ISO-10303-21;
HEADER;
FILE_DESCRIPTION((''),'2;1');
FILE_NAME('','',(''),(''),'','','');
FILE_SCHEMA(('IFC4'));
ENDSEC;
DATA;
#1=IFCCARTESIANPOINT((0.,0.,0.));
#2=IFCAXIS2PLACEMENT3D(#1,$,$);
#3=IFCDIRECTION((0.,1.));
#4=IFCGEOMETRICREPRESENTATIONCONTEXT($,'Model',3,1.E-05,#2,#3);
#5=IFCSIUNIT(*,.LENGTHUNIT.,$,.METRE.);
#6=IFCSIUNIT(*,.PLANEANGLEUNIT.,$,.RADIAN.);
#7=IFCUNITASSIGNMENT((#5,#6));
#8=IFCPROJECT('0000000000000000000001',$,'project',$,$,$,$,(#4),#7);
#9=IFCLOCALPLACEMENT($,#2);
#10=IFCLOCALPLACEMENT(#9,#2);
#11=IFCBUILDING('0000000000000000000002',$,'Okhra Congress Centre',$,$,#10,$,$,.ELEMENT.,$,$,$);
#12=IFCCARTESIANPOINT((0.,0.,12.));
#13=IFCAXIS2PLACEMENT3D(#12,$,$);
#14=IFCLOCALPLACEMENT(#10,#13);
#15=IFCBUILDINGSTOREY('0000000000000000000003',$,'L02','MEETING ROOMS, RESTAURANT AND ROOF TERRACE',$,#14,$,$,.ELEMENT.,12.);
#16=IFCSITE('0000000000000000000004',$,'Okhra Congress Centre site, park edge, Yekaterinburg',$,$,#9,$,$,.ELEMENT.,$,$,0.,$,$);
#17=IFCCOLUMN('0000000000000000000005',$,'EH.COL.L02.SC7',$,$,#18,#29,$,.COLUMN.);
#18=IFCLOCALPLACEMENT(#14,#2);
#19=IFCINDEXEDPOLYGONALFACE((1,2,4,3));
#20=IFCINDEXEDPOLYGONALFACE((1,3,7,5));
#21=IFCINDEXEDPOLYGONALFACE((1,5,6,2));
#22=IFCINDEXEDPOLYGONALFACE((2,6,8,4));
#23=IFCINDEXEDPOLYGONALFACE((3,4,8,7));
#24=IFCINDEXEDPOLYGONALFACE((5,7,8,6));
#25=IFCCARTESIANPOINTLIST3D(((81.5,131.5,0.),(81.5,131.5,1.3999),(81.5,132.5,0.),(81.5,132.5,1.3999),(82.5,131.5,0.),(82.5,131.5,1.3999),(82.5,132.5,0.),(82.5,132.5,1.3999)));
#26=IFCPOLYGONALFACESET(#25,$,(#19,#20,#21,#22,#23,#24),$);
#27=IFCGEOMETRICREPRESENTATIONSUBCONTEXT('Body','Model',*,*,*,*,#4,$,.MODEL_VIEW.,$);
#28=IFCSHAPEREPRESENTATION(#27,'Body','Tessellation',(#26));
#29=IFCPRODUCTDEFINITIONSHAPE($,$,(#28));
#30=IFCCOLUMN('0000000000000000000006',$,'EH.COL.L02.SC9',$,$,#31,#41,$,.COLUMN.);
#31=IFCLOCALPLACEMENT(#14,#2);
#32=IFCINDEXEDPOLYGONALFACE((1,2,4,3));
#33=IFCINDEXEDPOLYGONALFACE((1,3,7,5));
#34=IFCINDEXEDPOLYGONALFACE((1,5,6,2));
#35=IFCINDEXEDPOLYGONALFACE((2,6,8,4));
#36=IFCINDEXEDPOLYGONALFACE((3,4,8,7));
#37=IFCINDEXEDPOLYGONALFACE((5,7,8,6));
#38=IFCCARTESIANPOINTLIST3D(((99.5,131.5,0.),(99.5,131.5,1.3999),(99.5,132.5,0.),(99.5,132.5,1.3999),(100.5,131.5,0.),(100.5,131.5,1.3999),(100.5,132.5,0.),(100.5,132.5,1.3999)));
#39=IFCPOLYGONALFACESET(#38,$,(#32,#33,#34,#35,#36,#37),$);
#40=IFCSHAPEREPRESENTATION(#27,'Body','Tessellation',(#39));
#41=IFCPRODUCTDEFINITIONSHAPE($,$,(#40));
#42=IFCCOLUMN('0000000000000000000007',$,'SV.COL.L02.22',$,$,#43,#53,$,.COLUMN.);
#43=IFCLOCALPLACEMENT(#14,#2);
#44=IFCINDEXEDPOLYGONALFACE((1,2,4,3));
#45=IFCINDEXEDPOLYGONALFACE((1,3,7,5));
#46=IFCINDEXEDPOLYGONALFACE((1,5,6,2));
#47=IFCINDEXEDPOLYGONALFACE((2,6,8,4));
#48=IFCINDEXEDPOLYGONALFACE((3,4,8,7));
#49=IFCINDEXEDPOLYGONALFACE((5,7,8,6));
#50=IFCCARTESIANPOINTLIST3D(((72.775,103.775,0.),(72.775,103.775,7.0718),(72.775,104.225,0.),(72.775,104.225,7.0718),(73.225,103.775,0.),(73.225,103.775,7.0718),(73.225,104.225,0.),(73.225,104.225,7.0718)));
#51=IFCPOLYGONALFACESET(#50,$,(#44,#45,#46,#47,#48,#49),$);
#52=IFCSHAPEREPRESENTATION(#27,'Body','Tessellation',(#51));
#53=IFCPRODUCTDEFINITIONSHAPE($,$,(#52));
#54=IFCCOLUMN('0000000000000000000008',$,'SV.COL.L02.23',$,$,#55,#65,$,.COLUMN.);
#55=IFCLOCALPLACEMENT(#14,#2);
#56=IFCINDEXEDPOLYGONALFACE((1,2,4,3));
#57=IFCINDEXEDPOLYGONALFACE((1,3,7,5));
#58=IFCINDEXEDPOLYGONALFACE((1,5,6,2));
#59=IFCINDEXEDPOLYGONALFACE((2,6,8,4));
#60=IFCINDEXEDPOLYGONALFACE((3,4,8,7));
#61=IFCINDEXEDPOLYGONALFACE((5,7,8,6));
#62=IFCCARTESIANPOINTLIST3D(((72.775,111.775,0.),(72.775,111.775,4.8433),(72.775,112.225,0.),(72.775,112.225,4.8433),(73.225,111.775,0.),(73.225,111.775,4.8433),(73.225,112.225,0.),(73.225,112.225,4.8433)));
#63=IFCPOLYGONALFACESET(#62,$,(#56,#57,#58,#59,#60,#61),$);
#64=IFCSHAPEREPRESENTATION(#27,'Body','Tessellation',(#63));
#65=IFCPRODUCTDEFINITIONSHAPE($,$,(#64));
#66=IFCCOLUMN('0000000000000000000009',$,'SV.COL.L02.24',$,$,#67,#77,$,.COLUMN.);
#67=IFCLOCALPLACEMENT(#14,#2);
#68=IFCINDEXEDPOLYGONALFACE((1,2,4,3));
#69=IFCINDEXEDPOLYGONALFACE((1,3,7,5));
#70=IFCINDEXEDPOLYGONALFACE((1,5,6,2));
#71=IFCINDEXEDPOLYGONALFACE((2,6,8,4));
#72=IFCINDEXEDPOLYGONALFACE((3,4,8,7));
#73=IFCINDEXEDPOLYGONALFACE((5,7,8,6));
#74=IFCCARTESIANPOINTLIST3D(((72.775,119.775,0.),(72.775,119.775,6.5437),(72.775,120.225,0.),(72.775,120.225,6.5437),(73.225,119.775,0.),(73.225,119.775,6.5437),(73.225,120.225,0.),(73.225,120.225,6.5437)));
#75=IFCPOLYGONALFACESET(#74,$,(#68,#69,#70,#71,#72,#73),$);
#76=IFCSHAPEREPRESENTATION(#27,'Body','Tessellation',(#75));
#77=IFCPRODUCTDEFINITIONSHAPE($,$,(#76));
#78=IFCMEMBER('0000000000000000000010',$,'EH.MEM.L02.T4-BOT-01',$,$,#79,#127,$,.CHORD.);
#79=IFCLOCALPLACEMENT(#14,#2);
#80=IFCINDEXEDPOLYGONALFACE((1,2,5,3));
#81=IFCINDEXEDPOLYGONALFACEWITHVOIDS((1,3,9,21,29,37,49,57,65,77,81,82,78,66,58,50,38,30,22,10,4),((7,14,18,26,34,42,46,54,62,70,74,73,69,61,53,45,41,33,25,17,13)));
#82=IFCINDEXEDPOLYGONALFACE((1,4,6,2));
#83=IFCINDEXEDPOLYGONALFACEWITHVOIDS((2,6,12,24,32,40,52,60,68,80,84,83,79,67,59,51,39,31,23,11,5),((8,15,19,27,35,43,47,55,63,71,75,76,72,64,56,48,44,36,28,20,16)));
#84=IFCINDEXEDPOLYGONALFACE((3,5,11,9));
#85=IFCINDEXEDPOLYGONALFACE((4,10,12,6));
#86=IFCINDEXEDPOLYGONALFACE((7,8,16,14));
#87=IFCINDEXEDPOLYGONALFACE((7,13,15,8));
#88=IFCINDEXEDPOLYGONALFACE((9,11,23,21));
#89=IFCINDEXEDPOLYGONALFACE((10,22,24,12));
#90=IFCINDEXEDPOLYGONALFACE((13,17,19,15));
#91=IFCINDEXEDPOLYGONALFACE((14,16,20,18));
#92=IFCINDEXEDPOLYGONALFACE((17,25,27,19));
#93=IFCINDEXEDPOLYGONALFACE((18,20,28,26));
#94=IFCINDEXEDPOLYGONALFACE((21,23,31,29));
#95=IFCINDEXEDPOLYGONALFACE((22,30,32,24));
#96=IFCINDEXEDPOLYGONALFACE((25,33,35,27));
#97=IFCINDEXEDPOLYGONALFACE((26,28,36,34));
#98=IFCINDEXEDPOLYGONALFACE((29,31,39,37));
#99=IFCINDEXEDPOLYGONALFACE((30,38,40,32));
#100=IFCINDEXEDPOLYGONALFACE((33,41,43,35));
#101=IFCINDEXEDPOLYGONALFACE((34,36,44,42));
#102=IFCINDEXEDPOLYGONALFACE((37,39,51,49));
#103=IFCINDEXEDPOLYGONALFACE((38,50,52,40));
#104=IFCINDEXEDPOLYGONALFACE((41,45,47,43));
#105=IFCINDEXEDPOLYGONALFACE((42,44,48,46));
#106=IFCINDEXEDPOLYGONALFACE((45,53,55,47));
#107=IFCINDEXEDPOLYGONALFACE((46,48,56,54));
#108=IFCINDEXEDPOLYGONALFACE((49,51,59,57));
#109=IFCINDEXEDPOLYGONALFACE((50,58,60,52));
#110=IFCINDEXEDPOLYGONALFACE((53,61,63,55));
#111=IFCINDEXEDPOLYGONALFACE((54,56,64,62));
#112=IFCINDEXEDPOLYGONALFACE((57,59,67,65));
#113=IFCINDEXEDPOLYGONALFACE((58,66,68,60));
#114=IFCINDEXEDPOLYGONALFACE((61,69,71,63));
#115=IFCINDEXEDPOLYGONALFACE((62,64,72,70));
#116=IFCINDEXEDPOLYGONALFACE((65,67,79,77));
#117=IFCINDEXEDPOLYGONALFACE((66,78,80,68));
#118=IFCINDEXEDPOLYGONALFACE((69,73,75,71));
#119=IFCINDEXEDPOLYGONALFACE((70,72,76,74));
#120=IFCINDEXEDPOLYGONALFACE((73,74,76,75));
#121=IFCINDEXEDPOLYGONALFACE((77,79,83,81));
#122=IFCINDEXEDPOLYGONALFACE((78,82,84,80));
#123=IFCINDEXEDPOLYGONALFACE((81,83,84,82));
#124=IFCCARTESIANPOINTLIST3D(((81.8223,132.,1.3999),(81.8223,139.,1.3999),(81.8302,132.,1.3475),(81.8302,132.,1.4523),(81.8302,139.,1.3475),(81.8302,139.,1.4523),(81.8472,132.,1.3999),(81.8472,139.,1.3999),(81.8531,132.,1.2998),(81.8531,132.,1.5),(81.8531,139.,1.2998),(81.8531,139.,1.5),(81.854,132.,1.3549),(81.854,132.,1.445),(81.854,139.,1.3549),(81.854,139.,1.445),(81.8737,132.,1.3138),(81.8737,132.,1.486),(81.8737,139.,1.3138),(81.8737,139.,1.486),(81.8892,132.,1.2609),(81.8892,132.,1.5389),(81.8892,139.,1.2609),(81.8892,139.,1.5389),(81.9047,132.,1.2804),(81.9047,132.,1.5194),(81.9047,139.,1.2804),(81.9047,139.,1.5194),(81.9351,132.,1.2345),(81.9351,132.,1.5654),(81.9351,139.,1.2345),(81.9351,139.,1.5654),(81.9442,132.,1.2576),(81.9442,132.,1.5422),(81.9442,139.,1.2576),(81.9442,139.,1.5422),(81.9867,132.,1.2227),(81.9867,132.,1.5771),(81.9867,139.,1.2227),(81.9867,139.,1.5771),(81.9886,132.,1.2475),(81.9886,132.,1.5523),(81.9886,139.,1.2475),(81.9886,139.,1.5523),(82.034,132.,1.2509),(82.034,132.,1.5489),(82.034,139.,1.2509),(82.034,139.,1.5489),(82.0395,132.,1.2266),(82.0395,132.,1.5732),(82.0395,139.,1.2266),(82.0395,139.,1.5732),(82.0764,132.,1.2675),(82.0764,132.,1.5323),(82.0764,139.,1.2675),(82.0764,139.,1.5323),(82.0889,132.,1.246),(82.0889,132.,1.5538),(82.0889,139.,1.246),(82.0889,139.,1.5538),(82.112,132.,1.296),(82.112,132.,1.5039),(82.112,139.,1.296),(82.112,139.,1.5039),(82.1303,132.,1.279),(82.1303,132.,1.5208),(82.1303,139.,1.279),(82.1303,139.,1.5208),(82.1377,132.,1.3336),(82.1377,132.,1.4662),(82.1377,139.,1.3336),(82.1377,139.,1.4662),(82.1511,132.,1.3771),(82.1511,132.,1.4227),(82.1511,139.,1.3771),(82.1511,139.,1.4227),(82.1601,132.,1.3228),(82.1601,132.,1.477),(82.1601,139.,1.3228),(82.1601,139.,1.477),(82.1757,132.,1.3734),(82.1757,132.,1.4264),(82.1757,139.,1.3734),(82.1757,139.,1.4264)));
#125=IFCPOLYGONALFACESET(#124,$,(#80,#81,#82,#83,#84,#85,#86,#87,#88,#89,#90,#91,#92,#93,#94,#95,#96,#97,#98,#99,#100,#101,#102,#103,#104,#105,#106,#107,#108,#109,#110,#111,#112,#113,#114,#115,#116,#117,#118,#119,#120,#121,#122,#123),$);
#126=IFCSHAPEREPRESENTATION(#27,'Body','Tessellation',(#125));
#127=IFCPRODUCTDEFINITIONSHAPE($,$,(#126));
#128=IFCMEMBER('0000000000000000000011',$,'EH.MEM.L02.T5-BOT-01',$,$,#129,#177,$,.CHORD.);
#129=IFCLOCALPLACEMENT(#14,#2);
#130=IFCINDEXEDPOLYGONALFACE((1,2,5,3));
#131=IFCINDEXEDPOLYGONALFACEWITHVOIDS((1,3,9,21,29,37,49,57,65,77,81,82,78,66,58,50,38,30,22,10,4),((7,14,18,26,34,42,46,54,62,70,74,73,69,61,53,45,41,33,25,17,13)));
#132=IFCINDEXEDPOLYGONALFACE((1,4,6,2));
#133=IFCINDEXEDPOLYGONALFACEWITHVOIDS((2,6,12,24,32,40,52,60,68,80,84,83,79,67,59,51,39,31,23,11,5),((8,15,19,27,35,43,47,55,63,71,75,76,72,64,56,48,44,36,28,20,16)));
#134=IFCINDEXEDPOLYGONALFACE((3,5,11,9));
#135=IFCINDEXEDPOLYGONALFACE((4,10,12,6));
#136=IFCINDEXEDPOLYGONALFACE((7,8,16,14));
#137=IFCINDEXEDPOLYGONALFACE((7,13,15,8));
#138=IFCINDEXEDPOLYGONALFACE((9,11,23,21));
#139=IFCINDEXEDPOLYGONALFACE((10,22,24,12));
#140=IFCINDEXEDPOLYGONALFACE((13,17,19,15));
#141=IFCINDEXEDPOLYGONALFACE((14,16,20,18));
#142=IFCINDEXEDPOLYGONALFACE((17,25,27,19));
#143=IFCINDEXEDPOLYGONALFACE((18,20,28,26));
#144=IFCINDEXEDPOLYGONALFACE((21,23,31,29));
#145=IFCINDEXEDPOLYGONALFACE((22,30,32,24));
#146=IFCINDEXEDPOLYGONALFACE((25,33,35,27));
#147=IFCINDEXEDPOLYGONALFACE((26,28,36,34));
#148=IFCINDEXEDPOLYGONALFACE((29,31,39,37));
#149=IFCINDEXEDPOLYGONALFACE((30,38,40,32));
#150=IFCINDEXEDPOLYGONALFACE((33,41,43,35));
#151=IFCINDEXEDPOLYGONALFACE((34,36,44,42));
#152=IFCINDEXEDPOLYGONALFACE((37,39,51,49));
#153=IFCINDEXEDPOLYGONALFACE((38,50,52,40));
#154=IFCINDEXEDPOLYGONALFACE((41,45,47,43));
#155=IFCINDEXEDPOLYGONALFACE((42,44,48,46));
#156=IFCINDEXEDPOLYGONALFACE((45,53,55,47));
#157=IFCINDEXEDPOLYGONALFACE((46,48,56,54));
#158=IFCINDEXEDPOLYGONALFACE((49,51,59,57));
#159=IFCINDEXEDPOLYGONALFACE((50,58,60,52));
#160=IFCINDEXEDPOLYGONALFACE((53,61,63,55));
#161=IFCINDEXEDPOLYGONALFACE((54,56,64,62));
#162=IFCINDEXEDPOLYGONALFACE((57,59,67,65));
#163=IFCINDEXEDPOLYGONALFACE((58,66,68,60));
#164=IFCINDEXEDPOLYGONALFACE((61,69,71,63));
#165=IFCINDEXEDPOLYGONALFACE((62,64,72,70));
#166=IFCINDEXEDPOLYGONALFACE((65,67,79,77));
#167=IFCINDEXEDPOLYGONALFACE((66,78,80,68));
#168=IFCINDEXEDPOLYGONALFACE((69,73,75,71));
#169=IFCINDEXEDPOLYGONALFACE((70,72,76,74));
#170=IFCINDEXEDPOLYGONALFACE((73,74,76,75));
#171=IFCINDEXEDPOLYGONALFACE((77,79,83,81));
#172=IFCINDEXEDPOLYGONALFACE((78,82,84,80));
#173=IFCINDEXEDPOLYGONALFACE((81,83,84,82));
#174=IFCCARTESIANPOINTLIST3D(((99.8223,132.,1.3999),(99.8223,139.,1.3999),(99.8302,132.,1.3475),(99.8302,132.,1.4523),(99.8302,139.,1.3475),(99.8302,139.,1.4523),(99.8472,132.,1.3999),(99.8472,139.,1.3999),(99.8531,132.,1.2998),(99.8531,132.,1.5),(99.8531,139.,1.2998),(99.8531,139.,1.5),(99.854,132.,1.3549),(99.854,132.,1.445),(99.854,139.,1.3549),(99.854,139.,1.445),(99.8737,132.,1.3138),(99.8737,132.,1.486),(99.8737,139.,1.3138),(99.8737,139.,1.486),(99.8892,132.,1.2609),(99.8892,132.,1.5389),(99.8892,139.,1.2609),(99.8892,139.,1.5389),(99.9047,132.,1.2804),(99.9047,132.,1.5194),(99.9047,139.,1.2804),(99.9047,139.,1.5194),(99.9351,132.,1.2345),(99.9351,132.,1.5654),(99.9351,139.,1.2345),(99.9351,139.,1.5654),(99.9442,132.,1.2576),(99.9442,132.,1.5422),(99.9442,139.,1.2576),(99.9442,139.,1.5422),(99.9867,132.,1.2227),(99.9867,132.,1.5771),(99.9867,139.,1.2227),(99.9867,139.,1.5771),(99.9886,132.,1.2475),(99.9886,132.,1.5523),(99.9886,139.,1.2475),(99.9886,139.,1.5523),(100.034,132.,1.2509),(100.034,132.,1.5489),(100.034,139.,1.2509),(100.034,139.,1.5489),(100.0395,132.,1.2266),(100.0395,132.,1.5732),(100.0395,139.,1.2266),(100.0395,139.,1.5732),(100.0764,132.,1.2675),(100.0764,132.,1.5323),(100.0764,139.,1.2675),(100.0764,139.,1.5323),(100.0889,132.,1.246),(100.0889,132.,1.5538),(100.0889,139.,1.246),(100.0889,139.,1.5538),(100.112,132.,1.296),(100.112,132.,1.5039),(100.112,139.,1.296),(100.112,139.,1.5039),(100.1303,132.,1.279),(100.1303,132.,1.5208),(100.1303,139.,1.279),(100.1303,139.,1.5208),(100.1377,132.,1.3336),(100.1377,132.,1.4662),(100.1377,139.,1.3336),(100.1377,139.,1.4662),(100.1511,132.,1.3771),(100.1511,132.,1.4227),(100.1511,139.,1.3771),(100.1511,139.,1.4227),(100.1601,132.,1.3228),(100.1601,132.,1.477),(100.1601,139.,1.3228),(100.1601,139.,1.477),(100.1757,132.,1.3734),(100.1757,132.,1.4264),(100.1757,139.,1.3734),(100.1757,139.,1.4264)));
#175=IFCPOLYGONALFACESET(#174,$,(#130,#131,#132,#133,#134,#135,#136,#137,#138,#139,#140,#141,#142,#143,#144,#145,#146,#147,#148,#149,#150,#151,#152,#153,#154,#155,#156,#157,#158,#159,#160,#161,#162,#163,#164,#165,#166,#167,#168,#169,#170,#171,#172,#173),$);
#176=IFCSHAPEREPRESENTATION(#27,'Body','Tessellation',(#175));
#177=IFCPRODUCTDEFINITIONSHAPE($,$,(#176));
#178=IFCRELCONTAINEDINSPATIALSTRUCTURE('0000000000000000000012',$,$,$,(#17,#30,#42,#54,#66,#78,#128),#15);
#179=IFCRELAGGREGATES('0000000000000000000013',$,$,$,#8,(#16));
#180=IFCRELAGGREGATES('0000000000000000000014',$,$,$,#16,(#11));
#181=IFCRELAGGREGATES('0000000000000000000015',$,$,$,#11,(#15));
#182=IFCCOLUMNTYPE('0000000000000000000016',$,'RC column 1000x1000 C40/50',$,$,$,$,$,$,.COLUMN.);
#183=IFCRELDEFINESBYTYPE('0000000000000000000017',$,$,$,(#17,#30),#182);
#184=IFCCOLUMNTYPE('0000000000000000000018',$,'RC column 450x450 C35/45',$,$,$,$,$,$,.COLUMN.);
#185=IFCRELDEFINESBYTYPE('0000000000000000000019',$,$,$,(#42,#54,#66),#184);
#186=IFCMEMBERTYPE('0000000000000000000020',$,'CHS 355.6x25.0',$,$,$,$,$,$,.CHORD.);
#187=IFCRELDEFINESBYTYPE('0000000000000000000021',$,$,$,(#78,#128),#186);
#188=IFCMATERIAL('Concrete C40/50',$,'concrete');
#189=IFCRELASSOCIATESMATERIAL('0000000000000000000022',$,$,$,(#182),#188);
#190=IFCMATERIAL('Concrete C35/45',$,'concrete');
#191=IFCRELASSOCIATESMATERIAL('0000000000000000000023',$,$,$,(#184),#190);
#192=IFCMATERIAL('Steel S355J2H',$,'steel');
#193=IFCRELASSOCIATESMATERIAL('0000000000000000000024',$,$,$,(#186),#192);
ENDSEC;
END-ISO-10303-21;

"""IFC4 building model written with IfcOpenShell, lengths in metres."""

from ifc_helpers import new_model, si_unit, direction, frame, origin, origin_2d, place, context, subcontext, project, spatial, rectangle, hollow_circle, extrude, material, material_profile, profile_set, type_object, element, save


model = new_model("IFC4")

# Units and contexts
model_context = context("Model", 3, precision=1e-05, world=origin(), true_north=direction((0.0, 1.0)))
body_context = subcontext(model_context, "Body", "Model", "MODEL_VIEW")
ifc_project = project(units=[si_unit("LENGTHUNIT", "METRE"), si_unit("PLANEANGLEUNIT", "RADIAN")], contexts=[model_context])

# Site, building, storey
site_placement = place(None, origin())
site = spatial("IfcSite", under=ifc_project, at=site_placement, Name="Okhra Congress Centre site, park edge, Yekaterinburg", CompositionType="ELEMENT", RefElevation=0.0)
building_placement = place(site_placement, origin())
building = spatial("IfcBuilding", under=site, at=building_placement, Name="Okhra Congress Centre", CompositionType="ELEMENT")
storey_placement = place(building_placement, frame((0.0, 0.0, 12.0)))
storey = spatial("IfcBuildingStorey", under=building, at=storey_placement, Name="L02", Description="MEETING ROOMS, RESTAURANT AND ROOF TERRACE", CompositionType="ELEMENT", Elevation=12.0)

# Columns
ifc_material_1 = material(Name="Concrete C40/50", Category="concrete")
ifc_material_profile_1 = material_profile(ifc_material_1, rectangle(XDim=1.0, YDim=1.0, at=origin_2d()), Name="RC 1000x1000")
ifc_profile_set_1 = profile_set([ifc_material_profile_1], Name="Concrete C40/50")
column_type_1 = type_object("IfcColumnType", Name="RC column 1000x1000 C40/50", PredefinedType="COLUMN", material=ifc_profile_set_1)
for number, where, z_axis, x_axis, name in (
    (1, (82.0, 132.0, 0.0), (0.0, 0.0, 1.0), (1.0, 0.0, 0.0), "EH.COL.L02.SC7"),
    (2, (100.0, 132.0, 0.0), (0.0, 0.0, 1.0), (1.0, 0.0, 0.0), "EH.COL.L02.SC9"),
):
    element("IfcColumn", number, at=place(storey_placement, frame(where, z_axis=z_axis, x_axis=x_axis)), inside=storey, type_object=column_type_1, Name=name, PredefinedType="COLUMN", context=body_context, shape_type="SweptSolid", body=[
        extrude(rectangle(XDim=1.0, YDim=1.0, at=origin_2d()), origin(), (0.0, 0.0, 1.0), 1.3999),
    ])
ifc_material_2 = material(Name="Concrete C35/45", Category="concrete")
ifc_material_profile_2 = material_profile(ifc_material_2, rectangle(XDim=0.45, YDim=0.45, at=origin_2d()), Name="RC 450x450")
ifc_profile_set_2 = profile_set([ifc_material_profile_2], Name="Concrete C35/45")
column_type_2 = type_object("IfcColumnType", Name="RC column 450x450 C35/45", PredefinedType="COLUMN", material=ifc_profile_set_2)
column_1_placement = place(storey_placement, frame((73.0, 104.0, 0.0), z_axis=(0.0, 0.0, 1.0), x_axis=(1.0, 0.0, 0.0)))
element("IfcColumn", 3, at=column_1_placement, inside=storey, type_object=column_type_2, Name="SV.COL.L02.22", PredefinedType="COLUMN", context=body_context, shape_type="SweptSolid", body=[
    extrude(rectangle(XDim=0.45, YDim=0.45, at=origin_2d()), origin(), (0.0, 0.0, 1.0), 7.0718),
])
column_2_placement = place(storey_placement, frame((73.0, 112.0, 0.0), z_axis=(0.0, 0.0, 1.0), x_axis=(1.0, 0.0, 0.0)))
element("IfcColumn", 4, at=column_2_placement, inside=storey, type_object=column_type_2, Name="SV.COL.L02.23", PredefinedType="COLUMN", context=body_context, shape_type="SweptSolid", body=[
    extrude(rectangle(XDim=0.45, YDim=0.45, at=origin_2d()), origin(), (0.0, 0.0, 1.0), 4.8433),
])
column_3_placement = place(storey_placement, frame((73.0, 120.0, 0.0), z_axis=(0.0, 0.0, 1.0), x_axis=(1.0, 0.0, 0.0)))
element("IfcColumn", 5, at=column_3_placement, inside=storey, type_object=column_type_2, Name="SV.COL.L02.24", PredefinedType="COLUMN", context=body_context, shape_type="SweptSolid", body=[
    extrude(rectangle(XDim=0.45, YDim=0.45, at=origin_2d()), origin(), (0.0, 0.0, 1.0), 6.5437),
])

# Members
ifc_material_3 = material(Name="Steel S355J2H", Category="steel")
ifc_material_profile_3 = material_profile(ifc_material_3, hollow_circle(Radius=0.1777, WallThickness=0.0249, at=origin_2d()), Name="CHS 355.6x25.0")
ifc_profile_set_3 = profile_set([ifc_material_profile_3], Name="Steel S355J2H")
member_type_1 = type_object("IfcMemberType", Name="CHS 355.6x25.0", PredefinedType="CHORD", material=ifc_profile_set_3)
for number, where, z_axis, x_axis, name in (
    (6, (82.0, 132.0, 1.3999), (0.0, 1.0, 0.0), (-1.0, 0.0, 0.0), "EH.MEM.L02.T4-BOT-01"),
    (7, (100.0, 132.0, 1.3999), (0.0, 1.0, 0.0), (-1.0, 0.0, 0.0), "EH.MEM.L02.T5-BOT-01"),
):
    element("IfcMember", number, at=place(storey_placement, frame(where, z_axis=z_axis, x_axis=x_axis)), inside=storey, type_object=member_type_1, Name=name, PredefinedType="CHORD", context=body_context, shape_type="SweptSolid", body=[
        extrude(hollow_circle(Radius=0.1777, WallThickness=0.0249, at=origin_2d()), origin(), (0.0, 0.0, 1.0), 7.0),
    ])

save(model, "model.ifc")
